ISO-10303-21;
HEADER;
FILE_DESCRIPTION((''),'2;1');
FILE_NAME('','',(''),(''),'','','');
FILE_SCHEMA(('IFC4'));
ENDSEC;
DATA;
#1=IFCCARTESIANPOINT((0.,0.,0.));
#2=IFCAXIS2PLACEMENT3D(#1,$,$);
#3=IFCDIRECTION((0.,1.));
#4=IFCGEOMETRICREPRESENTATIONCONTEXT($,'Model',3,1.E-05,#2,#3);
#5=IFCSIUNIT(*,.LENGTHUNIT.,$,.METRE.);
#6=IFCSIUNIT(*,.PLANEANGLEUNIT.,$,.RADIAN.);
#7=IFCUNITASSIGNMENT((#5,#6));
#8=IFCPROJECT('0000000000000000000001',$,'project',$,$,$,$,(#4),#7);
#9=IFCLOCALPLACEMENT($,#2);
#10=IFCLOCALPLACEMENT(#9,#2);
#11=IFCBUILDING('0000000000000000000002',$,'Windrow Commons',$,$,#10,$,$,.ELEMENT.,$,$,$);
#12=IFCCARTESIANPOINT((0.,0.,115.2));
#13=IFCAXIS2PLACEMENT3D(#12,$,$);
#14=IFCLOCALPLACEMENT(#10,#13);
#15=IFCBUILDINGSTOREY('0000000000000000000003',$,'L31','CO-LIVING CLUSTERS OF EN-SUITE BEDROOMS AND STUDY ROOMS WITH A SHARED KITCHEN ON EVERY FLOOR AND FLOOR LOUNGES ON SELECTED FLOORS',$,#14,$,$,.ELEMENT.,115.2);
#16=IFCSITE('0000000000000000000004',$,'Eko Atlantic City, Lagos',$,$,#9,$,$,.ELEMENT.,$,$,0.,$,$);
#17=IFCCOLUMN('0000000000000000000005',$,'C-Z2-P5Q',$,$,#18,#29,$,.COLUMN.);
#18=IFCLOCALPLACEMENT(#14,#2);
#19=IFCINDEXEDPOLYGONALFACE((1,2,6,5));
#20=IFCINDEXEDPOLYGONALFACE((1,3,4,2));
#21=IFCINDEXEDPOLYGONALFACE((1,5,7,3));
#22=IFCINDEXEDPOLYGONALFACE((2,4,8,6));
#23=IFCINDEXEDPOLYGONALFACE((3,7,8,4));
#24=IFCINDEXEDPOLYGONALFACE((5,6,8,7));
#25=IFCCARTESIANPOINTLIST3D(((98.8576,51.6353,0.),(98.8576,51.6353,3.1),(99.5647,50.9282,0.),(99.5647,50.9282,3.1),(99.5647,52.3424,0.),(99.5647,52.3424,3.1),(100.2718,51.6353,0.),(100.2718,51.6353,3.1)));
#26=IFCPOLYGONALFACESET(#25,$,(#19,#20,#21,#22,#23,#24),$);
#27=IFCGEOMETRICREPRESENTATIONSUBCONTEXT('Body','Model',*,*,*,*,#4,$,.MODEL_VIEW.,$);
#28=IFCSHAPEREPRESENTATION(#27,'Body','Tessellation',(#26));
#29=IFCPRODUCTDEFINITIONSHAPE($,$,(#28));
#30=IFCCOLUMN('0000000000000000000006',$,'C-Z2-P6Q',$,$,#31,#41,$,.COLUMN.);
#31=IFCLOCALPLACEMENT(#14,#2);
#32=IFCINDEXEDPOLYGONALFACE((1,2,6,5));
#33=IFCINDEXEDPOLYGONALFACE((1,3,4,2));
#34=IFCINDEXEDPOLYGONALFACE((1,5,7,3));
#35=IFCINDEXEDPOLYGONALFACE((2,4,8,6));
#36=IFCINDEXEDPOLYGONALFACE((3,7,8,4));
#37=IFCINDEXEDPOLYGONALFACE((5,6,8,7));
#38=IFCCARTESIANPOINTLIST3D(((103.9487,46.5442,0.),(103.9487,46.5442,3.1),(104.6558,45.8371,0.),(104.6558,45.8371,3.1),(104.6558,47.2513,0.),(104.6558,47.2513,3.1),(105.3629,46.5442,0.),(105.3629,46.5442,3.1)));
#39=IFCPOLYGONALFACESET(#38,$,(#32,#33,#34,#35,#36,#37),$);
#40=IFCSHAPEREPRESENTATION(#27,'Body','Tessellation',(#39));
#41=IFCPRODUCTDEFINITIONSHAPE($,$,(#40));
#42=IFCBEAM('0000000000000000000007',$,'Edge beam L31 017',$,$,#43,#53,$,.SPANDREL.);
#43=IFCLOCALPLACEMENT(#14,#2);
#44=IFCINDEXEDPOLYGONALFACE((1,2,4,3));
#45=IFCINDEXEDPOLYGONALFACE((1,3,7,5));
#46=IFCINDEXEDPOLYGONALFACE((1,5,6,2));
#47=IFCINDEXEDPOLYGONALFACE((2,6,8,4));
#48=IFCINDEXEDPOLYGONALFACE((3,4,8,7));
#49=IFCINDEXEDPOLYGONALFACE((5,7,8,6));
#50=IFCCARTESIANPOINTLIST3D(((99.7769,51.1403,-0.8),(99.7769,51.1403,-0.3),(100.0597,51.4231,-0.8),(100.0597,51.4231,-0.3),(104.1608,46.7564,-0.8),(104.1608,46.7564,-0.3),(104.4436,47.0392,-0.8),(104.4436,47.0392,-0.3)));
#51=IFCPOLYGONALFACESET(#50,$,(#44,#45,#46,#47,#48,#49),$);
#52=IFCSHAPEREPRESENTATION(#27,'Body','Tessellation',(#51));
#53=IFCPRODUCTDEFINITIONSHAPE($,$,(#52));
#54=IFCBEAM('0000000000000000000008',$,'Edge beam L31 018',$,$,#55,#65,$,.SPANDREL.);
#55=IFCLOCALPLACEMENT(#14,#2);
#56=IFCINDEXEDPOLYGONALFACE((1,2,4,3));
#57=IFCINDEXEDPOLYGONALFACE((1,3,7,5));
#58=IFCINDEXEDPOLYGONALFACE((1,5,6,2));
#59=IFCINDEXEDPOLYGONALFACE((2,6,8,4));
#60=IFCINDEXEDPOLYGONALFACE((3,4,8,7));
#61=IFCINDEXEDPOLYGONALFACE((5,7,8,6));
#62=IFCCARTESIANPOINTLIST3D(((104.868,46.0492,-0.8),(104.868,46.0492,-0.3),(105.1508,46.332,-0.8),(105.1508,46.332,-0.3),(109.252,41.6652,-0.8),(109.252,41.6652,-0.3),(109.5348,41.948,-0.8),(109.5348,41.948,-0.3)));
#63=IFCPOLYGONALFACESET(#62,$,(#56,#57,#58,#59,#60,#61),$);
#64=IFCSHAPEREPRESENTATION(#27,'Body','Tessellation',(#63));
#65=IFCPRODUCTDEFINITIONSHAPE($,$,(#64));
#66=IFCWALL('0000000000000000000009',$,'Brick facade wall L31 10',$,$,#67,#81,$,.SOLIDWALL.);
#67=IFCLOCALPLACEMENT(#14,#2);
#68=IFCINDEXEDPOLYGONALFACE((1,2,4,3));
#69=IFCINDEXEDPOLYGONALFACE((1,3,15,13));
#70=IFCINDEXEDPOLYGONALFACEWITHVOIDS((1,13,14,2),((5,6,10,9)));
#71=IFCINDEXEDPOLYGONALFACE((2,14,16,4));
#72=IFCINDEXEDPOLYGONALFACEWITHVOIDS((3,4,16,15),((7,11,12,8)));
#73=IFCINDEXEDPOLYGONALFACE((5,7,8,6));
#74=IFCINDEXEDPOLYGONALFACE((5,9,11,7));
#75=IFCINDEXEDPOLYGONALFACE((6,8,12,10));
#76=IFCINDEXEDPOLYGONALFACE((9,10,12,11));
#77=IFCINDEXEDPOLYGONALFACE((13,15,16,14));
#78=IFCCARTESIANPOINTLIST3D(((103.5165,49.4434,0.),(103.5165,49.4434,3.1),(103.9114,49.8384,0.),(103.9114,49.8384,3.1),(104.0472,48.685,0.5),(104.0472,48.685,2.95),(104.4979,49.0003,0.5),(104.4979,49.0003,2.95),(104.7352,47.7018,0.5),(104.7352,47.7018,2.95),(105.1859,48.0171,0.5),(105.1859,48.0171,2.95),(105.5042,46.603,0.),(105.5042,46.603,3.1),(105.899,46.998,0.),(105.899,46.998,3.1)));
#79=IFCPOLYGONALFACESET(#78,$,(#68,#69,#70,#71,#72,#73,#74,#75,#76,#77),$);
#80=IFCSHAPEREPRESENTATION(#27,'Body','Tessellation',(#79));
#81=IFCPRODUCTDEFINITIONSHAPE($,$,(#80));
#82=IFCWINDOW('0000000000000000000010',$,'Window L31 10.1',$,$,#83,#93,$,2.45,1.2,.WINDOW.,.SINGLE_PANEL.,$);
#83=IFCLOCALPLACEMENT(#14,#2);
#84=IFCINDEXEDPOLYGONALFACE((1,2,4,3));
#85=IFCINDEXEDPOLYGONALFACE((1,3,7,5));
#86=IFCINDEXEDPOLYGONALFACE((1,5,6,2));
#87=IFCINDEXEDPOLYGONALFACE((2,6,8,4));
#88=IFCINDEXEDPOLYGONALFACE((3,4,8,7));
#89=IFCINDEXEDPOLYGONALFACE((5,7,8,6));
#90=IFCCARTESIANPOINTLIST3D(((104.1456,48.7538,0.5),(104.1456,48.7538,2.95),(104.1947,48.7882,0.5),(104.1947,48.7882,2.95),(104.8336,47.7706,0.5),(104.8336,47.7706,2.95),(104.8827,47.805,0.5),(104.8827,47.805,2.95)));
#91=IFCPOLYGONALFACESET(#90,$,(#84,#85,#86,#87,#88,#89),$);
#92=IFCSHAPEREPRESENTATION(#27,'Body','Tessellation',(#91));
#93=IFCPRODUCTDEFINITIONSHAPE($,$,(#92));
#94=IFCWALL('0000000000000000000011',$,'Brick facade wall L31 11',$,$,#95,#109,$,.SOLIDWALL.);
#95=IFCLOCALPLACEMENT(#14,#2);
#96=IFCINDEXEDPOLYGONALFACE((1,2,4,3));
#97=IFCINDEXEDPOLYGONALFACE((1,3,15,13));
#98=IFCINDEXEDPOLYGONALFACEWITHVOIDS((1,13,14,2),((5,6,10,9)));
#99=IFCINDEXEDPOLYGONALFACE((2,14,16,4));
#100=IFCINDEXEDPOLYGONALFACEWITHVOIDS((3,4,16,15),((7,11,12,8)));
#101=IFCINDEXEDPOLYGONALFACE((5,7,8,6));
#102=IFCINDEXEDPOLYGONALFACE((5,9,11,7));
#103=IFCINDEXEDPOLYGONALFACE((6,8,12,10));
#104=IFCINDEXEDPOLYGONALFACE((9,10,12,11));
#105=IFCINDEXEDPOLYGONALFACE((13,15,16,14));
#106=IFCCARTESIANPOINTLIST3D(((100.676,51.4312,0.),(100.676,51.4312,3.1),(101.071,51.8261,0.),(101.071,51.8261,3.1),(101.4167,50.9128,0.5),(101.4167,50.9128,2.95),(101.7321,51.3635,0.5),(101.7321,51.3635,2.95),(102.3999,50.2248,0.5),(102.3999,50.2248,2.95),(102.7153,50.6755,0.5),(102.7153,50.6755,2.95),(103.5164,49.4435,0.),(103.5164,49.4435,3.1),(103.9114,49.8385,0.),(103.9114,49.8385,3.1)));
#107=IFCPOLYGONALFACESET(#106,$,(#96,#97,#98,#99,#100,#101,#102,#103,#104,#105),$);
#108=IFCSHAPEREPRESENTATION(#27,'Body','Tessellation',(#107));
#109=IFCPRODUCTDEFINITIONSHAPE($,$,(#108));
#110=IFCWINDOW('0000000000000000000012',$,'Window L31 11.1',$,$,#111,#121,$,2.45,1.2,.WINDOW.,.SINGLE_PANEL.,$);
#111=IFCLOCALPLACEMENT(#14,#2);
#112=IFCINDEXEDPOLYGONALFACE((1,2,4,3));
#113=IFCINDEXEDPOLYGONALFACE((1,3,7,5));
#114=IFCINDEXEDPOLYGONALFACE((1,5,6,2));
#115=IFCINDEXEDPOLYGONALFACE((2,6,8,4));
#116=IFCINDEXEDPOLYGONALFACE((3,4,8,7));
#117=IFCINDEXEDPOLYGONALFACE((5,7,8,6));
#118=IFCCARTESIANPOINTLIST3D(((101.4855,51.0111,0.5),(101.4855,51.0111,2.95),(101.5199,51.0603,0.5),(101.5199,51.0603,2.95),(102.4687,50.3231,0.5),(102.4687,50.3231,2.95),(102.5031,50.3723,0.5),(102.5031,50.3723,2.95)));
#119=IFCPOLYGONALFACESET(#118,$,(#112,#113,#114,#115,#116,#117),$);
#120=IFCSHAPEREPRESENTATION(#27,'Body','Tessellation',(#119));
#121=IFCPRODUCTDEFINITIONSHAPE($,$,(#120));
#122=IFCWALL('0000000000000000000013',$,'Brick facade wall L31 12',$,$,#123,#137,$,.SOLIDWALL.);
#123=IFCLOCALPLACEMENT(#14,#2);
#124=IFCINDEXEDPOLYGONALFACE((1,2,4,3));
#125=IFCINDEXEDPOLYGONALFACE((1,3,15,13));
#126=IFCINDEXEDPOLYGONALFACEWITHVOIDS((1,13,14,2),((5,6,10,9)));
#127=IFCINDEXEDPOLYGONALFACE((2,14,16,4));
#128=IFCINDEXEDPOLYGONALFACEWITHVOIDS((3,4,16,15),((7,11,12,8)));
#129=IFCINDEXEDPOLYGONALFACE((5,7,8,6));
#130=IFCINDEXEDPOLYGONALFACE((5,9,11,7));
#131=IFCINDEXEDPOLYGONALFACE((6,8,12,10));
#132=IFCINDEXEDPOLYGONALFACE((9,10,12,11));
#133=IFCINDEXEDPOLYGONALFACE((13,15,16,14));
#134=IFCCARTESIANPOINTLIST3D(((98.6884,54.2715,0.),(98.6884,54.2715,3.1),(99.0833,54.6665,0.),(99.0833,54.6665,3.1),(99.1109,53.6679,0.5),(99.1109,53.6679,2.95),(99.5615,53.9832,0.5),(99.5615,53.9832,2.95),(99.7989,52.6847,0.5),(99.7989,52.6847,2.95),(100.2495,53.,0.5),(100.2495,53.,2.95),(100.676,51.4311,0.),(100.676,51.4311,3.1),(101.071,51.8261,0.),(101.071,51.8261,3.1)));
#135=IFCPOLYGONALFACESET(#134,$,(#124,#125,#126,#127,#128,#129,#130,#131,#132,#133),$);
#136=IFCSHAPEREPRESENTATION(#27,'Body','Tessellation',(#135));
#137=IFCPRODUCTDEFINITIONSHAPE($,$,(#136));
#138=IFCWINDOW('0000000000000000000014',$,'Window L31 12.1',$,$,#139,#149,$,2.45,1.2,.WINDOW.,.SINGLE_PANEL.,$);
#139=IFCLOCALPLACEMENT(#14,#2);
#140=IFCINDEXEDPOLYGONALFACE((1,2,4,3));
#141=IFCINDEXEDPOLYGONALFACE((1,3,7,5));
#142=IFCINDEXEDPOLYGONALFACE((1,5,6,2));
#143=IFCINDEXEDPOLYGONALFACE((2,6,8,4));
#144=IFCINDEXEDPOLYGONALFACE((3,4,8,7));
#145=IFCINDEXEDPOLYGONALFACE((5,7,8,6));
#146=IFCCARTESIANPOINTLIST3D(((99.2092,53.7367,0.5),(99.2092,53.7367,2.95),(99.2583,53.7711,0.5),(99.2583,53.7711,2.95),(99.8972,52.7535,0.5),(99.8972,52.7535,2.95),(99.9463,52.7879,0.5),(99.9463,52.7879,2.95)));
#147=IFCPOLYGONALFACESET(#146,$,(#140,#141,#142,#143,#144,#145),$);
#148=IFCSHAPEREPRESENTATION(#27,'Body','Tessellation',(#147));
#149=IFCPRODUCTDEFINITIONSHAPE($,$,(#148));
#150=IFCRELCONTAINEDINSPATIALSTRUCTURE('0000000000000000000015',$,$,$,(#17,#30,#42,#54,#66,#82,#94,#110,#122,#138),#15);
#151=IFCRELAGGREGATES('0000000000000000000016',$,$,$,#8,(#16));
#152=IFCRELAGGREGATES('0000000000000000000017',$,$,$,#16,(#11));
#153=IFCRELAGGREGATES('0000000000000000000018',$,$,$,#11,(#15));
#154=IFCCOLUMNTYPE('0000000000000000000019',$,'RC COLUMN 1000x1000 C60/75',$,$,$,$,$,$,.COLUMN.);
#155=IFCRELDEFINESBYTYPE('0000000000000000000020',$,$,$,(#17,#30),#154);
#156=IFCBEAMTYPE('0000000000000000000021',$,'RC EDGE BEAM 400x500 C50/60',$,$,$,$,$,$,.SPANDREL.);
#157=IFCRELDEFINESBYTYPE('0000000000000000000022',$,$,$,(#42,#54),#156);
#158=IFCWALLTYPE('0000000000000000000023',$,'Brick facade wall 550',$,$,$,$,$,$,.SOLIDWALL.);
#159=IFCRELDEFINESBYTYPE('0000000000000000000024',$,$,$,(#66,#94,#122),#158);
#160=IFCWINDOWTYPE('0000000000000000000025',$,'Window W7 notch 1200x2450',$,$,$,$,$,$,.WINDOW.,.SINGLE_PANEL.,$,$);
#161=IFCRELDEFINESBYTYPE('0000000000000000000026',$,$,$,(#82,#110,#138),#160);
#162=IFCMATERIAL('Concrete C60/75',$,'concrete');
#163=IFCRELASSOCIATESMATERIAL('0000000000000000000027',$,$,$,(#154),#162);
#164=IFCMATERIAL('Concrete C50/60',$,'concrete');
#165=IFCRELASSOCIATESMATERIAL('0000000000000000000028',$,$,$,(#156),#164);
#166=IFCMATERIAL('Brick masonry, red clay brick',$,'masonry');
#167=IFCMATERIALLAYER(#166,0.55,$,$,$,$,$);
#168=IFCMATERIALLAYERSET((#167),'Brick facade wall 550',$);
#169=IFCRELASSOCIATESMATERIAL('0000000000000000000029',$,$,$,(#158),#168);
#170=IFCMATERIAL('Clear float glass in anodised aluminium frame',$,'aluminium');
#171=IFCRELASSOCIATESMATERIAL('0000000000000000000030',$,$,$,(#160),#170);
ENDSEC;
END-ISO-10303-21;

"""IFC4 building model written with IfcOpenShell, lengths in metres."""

from ifc_helpers import new_model, si_unit, direction, frame, frame_2d, origin, origin_2d, place, context, subcontext, project, spatial, polyline, rectangle, outline, extrude, material, layer, layer_set, material_profile, profile_set, type_object, element, fill, save


model = new_model("IFC4")

# Units and contexts
model_context = context("Model", 3, precision=1e-05, world=origin(), true_north=direction((0.0, 1.0)))
body_context = subcontext(model_context, "Body", "Model", "MODEL_VIEW")
ifc_project = project(units=[si_unit("LENGTHUNIT", "METRE"), si_unit("PLANEANGLEUNIT", "RADIAN")], contexts=[model_context])

# Site, building, storey
site_placement = place(None, origin())
site = spatial("IfcSite", under=ifc_project, at=site_placement, Name="Eko Atlantic City, Lagos", CompositionType="ELEMENT", RefElevation=0.0)
building_placement = place(site_placement, origin())
building = spatial("IfcBuilding", under=site, at=building_placement, Name="Windrow Commons", CompositionType="ELEMENT")
storey_placement = place(building_placement, frame((0.0, 0.0, 115.2)))
storey = spatial("IfcBuildingStorey", under=building, at=storey_placement, Name="L31", Description="CO-LIVING CLUSTERS OF EN-SUITE BEDROOMS AND STUDY ROOMS WITH A SHARED KITCHEN ON EVERY FLOOR AND FLOOR LOUNGES ON SELECTED FLOORS", CompositionType="ELEMENT", Elevation=115.2)

# Columns
ifc_material_1 = material(Name="Concrete C60/75", Category="concrete")
ifc_material_profile_1 = material_profile(ifc_material_1, rectangle(XDim=1.0, YDim=1.0, at=origin_2d()))
ifc_profile_set_1 = profile_set([ifc_material_profile_1], Name="Concrete C60/75")
column_type = type_object("IfcColumnType", Name="RC COLUMN 1000x1000 C60/75", PredefinedType="COLUMN", material=ifc_profile_set_1)
for number, where, z_axis, x_axis, name in (
    (1, (99.5647, 51.6353, 0.0), (0.0, 0.0, 1.0), (0.707107, -0.707107, 0.0), "C-Z2-P5Q"),
    (2, (104.6558, 46.5442, 0.0), (0.0, 0.0, 1.0), (0.707107, -0.707107, 0.0), "C-Z2-P6Q"),
):
    element("IfcColumn", number, at=place(storey_placement, frame(where, z_axis=z_axis, x_axis=x_axis)), inside=storey, type_object=column_type, Name=name, PredefinedType="COLUMN", context=body_context, shape_type="SweptSolid", body=[
        extrude(rectangle(XDim=1.0, YDim=1.0, at=origin_2d()), origin(), (0.0, 0.0, 1.0), 3.1),
    ])

# Beams
ifc_material_2 = material(Name="Concrete C50/60", Category="concrete")
ifc_material_profile_2 = material_profile(ifc_material_2, rectangle(XDim=0.4, YDim=0.5, at=origin_2d()))
ifc_profile_set_2 = profile_set([ifc_material_profile_2], Name="Concrete C50/60")
beam_type = type_object("IfcBeamType", Name="RC EDGE BEAM 400x500 C50/60", PredefinedType="SPANDREL", material=ifc_profile_set_2)
beam_1_placement = place(storey_placement, frame((99.9183, 51.2817, -0.55), z_axis=(0.707107, -0.707107, 0.0), x_axis=(0.707107, 0.707107, 0.0)))
element("IfcBeam", 3, at=beam_1_placement, inside=storey, type_object=beam_type, Name="Edge beam L31 017", PredefinedType="SPANDREL", context=body_context, shape_type="SweptSolid", body=[
    extrude(rectangle(XDim=0.4, YDim=0.5, at=origin_2d()), origin(), (0.0, 0.0, 1.0), 6.1998),
])
beam_2_placement = place(storey_placement, frame((105.0094, 46.1906, -0.55), z_axis=(0.707107, -0.707107, 0.0), x_axis=(0.707107, 0.707107, 0.0)))
element("IfcBeam", 4, at=beam_2_placement, inside=storey, type_object=beam_type, Name="Edge beam L31 018", PredefinedType="SPANDREL", context=body_context, shape_type="SweptSolid", body=[
    extrude(rectangle(XDim=0.4, YDim=0.5, at=origin_2d()), origin(), (0.0, 0.0, 1.0), 6.1999),
])

# Walls, openings, windows
ifc_material_3 = material(Name="Brick masonry, red clay brick", Category="masonry")
ifc_layer_1 = layer(ifc_material_3, 0.55)
ifc_layer_set_1 = layer_set([ifc_layer_1], Name="Brick facade wall 550")
wall_type_1 = type_object("IfcWallType", Name="Brick facade wall 550", PredefinedType="SOLIDWALL", material=ifc_layer_set_1)
wall_1_placement = place(storey_placement, frame((105.7016, 46.8005, 0.0), z_axis=(0.0, 0.0, 1.0), x_axis=(-0.573337, 0.81932, 0.0)))
wall_1 = element("IfcWall", 5, at=wall_1_placement, inside=storey, type_object=wall_type_1, Name="Brick facade wall L31 10", PredefinedType="SOLIDWALL", context=body_context, shape_type="SweptSolid", body=[
    extrude(outline(polyline([(0.0486, -0.275), (3.5154, -0.275), (3.4182, 0.275), (-0.0486, 0.275), (0.0486, -0.275)])), origin(), (0.0, 0.0, 1.0), 3.1),
])
opening_1_placement = place(wall_1_placement, frame((1.2925, 0.0, 0.5)))
opening_1 = element("IfcOpeningElement", 6, at=opening_1_placement, cuts=wall_1, PredefinedType="OPENING", context=body_context, shape_type="SweptSolid", body=[
    extrude(rectangle(XDim=1.2, YDim=2.45, at=frame_2d((0.6, 1.225))), frame((0.0, 0.285, 0.0), z_axis=(0.0, -1.0, 0.0), x_axis=(1.0, 0.0, 0.0)), (0.0, 0.0, 1.0), 0.57),
])
ifc_material_4 = material(Name="Clear float glass in anodised aluminium frame", Category="aluminium")
window_type = type_object("IfcWindowType", Name="Window W7 notch 1200x2450", PartitioningType="SINGLE_PANEL", PredefinedType="WINDOW", material=ifc_material_4)
window_1_placement = place(opening_1_placement, origin())
window_1 = element("IfcWindow", 7, at=window_1_placement, inside=storey, type_object=window_type, Name="Window L31 10.1", OverallHeight=2.45, OverallWidth=1.2, PartitioningType="SINGLE_PANEL", PredefinedType="WINDOW", context=body_context, shape_type="SweptSolid", body=[
    extrude(rectangle(XDim=1.2, YDim=2.45, at=frame_2d((0.6, 1.225))), frame((0.0, 0.155, 0.0), z_axis=(0.0, -1.0, 0.0), x_axis=(1.0, 0.0, 0.0)), (0.0, 0.0, 1.0), 0.06),
])
fill(opening_1, window_1)
wall_2_placement = place(storey_placement, frame((103.7139, 49.641, 0.0), z_axis=(0.0, 0.0, 1.0), x_axis=(-0.819324, 0.573331, 0.0)))
wall_2 = element("IfcWall", 8, at=wall_2_placement, inside=storey, type_object=wall_type_1, Name="Brick facade wall L31 11", PredefinedType="SOLIDWALL", context=body_context, shape_type="SweptSolid", body=[
    extrude(outline(polyline([(-0.0486, -0.275), (3.4182, -0.275), (3.5154, 0.275), (0.0486, 0.275), (-0.0486, -0.275)])), origin(), (0.0, 0.0, 1.0), 3.1),
])
opening_2_placement = place(wall_2_placement, frame((1.4113, 0.0, 0.5)))
opening_2 = element("IfcOpeningElement", 9, at=opening_2_placement, cuts=wall_2, PredefinedType="OPENING", context=body_context, shape_type="SweptSolid", body=[
    extrude(rectangle(XDim=1.2, YDim=2.45, at=frame_2d((0.6, 1.225))), frame((0.0, 0.285, 0.0), z_axis=(0.0, -1.0, 0.0), x_axis=(1.0, 0.0, 0.0)), (0.0, 0.0, 1.0), 0.57),
])
window_2_placement = place(opening_2_placement, origin())
window_2 = element("IfcWindow", 10, at=window_2_placement, inside=storey, type_object=window_type, Name="Window L31 11.1", OverallHeight=2.45, OverallWidth=1.2, PartitioningType="SINGLE_PANEL", PredefinedType="WINDOW", context=body_context, shape_type="SweptSolid", body=[
    extrude(rectangle(XDim=1.2, YDim=2.45, at=frame_2d((0.6, 1.225))), frame((0.0, 0.155, 0.0), z_axis=(0.0, -1.0, 0.0), x_axis=(1.0, 0.0, 0.0)), (0.0, 0.0, 1.0), 0.06),
])
fill(opening_2, window_2)
wall_3_placement = place(storey_placement, frame((100.8735, 51.6286, 0.0), z_axis=(0.0, 0.0, 1.0), x_axis=(-0.573331, 0.819324, 0.0)))
wall_3 = element("IfcWall", 11, at=wall_3_placement, inside=storey, type_object=wall_type_1, Name="Brick facade wall L31 12", PredefinedType="SOLIDWALL", context=body_context, shape_type="SweptSolid", body=[
    extrude(outline(polyline([(0.0486, -0.275), (3.5154, -0.275), (3.4182, 0.275), (-0.0486, 0.275), (0.0486, -0.275)])), origin(), (0.0, 0.0, 1.0), 3.1),
])
opening_3_placement = place(wall_3_placement, frame((1.4814, 0.0, 0.5)))
opening_3 = element("IfcOpeningElement", 12, at=opening_3_placement, cuts=wall_3, PredefinedType="OPENING", context=body_context, shape_type="SweptSolid", body=[
    extrude(rectangle(XDim=1.2, YDim=2.45, at=frame_2d((0.6, 1.225))), frame((0.0, 0.285, 0.0), z_axis=(0.0, -1.0, 0.0), x_axis=(1.0, 0.0, 0.0)), (0.0, 0.0, 1.0), 0.57),
])
window_3_placement = place(opening_3_placement, origin())
window_3 = element("IfcWindow", 13, at=window_3_placement, inside=storey, type_object=window_type, Name="Window L31 12.1", OverallHeight=2.45, OverallWidth=1.2, PartitioningType="SINGLE_PANEL", PredefinedType="WINDOW", context=body_context, shape_type="SweptSolid", body=[
    extrude(rectangle(XDim=1.2, YDim=2.45, at=frame_2d((0.6, 1.225))), frame((0.0, 0.155, 0.0), z_axis=(0.0, -1.0, 0.0), x_axis=(1.0, 0.0, 0.0)), (0.0, 0.0, 1.0), 0.06),
])
fill(opening_3, window_3)

save(model, "model.ifc")
